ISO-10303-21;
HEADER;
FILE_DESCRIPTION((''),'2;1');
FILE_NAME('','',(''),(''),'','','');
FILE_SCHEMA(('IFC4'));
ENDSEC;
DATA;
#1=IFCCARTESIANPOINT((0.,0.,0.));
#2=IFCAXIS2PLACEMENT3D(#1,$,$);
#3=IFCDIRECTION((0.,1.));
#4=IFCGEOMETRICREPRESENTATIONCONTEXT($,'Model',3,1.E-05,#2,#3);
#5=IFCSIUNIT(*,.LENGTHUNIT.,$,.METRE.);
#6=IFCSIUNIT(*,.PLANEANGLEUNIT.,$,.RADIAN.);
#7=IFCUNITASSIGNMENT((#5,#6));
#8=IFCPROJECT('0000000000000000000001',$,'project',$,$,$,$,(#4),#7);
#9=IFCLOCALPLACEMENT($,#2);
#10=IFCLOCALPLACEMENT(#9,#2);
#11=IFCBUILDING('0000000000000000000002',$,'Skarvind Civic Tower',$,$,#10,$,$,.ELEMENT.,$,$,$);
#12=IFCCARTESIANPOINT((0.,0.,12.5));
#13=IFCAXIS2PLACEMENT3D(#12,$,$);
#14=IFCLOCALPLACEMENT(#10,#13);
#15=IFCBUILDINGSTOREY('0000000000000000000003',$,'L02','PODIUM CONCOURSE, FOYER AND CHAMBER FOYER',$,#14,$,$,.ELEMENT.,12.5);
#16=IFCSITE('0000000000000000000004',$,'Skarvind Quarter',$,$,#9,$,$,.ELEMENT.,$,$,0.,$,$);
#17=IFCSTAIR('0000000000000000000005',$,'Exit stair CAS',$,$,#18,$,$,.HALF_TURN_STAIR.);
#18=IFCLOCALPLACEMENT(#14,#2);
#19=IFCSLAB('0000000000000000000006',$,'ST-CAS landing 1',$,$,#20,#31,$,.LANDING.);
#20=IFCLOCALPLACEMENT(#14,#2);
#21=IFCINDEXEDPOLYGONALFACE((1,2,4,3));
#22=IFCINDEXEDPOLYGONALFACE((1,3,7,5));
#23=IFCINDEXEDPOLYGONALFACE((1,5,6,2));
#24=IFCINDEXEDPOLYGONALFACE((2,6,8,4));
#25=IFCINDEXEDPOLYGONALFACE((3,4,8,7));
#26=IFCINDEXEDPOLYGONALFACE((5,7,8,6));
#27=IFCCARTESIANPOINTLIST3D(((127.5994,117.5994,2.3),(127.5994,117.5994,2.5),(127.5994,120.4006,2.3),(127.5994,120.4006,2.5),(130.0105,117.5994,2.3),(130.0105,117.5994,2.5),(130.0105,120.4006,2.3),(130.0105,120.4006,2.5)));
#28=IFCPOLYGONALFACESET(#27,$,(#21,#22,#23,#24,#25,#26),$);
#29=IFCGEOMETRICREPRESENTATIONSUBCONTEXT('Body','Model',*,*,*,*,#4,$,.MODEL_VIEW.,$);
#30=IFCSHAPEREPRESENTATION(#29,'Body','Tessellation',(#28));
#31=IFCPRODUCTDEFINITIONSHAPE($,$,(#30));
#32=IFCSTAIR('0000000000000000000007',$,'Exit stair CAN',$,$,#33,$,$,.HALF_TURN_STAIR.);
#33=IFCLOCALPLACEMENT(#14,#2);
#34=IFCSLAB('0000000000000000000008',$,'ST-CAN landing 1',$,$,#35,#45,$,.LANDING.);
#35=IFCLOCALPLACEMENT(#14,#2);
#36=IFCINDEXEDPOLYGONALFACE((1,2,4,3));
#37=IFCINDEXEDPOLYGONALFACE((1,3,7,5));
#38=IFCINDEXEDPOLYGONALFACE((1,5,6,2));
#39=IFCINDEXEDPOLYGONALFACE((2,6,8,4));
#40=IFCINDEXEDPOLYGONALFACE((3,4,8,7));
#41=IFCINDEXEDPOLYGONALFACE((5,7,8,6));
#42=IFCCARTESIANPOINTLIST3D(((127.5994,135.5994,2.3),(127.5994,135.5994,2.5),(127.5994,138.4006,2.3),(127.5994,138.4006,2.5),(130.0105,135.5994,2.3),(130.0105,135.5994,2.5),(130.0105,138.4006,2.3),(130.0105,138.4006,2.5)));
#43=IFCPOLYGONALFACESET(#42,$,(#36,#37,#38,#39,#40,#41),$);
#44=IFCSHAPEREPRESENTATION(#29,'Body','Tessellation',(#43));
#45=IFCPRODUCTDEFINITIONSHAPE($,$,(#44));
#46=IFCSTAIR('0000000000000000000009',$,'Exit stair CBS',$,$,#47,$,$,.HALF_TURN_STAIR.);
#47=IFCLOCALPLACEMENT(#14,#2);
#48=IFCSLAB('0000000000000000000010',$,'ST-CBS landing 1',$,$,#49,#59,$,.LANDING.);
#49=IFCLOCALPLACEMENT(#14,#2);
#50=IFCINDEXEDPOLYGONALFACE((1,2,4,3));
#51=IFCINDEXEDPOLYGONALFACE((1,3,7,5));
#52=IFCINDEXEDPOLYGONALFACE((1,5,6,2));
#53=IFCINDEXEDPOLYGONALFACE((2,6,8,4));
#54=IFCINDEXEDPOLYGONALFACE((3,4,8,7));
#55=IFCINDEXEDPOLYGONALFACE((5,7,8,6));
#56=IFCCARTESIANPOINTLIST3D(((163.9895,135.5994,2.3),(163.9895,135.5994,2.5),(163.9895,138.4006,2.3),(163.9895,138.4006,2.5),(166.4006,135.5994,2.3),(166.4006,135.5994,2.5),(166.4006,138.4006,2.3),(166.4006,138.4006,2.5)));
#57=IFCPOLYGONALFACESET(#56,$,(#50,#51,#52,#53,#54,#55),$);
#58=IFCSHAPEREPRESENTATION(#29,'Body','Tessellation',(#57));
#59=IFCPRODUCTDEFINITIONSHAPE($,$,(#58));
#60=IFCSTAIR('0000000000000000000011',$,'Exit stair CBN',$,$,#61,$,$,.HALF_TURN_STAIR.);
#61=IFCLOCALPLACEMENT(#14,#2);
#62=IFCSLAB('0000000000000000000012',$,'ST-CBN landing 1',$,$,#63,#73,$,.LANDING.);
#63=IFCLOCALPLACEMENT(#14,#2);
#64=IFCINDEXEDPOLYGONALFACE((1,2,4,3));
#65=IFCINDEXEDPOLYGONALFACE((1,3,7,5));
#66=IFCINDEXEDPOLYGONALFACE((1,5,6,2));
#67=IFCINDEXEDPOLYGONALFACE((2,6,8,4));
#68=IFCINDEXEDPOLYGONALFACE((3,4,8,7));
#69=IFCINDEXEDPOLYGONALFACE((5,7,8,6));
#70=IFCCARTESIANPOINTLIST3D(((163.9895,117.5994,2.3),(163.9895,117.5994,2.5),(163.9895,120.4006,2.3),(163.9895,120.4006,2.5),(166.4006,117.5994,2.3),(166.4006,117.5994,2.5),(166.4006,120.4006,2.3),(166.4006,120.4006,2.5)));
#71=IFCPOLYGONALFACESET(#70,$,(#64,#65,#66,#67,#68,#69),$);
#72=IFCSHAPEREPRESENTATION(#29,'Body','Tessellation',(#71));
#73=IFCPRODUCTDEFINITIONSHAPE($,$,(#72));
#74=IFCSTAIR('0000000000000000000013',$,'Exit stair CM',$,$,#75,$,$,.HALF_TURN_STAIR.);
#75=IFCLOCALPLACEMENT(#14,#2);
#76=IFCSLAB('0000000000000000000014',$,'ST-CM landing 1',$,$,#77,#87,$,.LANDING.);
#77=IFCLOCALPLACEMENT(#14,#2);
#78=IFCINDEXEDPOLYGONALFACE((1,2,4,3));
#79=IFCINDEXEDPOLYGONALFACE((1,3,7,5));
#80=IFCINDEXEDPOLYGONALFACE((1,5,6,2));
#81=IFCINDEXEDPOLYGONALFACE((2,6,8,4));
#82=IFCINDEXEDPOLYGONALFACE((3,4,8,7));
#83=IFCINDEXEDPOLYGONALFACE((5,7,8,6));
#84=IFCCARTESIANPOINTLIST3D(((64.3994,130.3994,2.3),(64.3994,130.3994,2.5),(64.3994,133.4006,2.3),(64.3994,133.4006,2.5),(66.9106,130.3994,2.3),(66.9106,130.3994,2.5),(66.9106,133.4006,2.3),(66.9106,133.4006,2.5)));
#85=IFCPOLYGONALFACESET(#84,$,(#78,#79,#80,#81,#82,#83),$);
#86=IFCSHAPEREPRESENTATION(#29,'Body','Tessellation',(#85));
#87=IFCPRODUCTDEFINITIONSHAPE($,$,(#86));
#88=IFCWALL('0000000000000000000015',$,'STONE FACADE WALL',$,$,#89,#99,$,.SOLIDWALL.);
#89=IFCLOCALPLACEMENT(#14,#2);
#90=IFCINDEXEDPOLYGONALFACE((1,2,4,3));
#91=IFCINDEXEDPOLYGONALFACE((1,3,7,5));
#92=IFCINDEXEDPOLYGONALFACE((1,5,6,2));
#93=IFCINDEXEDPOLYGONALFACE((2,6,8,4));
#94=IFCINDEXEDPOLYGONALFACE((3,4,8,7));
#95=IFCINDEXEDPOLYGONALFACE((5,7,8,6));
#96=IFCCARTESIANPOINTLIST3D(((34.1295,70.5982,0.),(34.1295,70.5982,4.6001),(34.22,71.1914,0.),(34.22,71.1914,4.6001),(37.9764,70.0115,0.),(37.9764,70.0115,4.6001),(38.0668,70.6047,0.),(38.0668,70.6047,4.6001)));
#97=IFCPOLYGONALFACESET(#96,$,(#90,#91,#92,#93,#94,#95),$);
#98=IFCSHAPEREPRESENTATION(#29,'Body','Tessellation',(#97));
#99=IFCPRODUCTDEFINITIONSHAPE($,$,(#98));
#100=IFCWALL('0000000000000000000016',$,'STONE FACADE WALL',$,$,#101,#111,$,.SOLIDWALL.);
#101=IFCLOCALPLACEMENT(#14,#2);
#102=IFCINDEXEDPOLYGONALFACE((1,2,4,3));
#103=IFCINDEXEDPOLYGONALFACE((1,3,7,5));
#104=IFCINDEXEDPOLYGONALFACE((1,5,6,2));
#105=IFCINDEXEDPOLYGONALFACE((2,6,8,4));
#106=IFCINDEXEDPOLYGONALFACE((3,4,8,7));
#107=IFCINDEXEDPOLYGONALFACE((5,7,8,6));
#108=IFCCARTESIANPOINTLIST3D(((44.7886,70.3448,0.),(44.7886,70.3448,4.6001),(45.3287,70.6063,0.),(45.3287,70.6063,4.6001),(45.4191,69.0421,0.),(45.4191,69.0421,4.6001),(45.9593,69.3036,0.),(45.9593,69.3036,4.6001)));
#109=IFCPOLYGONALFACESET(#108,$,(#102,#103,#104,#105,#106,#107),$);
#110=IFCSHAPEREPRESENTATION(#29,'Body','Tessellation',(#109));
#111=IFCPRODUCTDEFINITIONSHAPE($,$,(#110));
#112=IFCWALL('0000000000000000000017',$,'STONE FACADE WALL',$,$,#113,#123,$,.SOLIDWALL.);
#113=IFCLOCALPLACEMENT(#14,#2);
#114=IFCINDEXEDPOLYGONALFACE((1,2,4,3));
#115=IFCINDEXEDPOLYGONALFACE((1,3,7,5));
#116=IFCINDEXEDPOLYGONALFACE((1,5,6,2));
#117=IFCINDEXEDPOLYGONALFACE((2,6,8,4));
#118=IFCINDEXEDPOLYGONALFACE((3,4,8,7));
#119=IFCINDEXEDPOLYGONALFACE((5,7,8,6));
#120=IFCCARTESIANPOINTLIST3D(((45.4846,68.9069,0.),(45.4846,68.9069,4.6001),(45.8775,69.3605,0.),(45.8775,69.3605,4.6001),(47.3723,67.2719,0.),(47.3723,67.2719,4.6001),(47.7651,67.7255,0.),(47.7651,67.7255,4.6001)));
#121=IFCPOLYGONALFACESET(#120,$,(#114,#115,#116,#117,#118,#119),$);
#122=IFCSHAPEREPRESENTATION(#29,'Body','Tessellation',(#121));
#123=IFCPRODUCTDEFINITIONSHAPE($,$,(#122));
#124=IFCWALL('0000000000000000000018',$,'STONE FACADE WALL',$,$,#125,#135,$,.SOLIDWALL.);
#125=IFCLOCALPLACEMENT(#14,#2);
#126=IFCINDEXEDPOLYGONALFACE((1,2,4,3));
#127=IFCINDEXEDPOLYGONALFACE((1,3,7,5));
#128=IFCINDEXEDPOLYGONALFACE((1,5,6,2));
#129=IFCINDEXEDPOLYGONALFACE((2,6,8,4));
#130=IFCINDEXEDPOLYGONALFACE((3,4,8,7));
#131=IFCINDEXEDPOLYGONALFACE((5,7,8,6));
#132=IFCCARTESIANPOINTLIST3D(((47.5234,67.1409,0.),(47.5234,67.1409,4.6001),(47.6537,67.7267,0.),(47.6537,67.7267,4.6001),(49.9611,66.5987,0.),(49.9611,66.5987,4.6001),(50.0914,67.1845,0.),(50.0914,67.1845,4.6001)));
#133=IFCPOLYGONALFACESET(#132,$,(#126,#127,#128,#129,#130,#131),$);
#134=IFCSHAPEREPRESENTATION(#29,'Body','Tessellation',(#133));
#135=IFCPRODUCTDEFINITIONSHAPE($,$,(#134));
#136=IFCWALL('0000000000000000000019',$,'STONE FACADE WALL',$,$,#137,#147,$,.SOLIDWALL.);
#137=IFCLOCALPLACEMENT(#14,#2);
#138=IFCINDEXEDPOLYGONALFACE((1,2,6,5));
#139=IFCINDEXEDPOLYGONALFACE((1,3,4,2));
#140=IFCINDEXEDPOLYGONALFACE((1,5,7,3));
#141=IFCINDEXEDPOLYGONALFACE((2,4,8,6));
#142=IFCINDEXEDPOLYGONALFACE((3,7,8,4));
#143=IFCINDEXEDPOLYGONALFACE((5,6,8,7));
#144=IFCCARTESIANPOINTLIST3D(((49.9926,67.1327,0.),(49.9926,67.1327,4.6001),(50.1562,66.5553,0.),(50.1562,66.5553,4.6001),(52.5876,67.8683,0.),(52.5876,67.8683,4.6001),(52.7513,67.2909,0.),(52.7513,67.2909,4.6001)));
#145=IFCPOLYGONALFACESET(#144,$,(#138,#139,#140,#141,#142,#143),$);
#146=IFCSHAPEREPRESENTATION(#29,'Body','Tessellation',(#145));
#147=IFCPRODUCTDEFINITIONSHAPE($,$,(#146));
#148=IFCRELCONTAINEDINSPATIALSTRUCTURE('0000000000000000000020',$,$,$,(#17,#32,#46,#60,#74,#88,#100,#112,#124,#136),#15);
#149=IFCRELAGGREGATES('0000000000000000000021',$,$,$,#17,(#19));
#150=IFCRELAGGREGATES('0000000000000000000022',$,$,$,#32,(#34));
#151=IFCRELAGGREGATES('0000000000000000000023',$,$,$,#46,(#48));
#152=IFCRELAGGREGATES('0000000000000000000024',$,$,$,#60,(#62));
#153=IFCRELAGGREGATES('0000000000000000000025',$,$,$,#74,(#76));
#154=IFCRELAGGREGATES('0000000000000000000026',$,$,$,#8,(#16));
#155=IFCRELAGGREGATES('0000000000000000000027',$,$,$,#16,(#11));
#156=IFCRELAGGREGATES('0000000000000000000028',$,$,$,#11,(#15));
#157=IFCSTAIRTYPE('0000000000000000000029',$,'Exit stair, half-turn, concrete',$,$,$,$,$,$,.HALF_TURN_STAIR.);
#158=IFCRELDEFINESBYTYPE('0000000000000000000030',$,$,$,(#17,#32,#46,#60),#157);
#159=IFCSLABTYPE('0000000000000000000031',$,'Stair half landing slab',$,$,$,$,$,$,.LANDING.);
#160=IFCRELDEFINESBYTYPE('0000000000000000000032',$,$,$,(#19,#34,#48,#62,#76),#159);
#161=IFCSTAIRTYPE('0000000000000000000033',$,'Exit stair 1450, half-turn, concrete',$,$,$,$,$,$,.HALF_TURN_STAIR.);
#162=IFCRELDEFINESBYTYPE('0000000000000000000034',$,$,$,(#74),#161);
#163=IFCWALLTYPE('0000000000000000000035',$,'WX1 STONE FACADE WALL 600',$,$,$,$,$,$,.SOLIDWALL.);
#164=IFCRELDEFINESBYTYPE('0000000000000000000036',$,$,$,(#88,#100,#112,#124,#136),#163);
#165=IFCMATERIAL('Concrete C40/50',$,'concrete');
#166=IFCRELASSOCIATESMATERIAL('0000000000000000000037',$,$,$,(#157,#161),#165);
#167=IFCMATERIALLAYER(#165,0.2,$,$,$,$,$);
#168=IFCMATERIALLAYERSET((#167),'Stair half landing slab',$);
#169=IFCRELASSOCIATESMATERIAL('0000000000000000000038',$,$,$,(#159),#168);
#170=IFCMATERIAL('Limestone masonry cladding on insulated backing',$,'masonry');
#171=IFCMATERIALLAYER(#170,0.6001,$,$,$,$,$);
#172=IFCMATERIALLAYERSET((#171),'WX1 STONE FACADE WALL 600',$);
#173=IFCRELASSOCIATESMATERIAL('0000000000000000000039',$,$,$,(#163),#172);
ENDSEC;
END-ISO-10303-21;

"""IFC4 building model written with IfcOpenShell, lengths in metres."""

from ifc_helpers import new_model, si_unit, direction, frame, frame_2d, origin, place, context, subcontext, project, spatial, polyline, rectangle, outline, extrude, material, layer, layer_set, type_object, element, aggregate, save


model = new_model("IFC4")

# Units and contexts
model_context = context("Model", 3, precision=1e-05, world=origin(), true_north=direction((0.0, 1.0)))
body_context = subcontext(model_context, "Body", "Model", "MODEL_VIEW")
ifc_project = project(units=[si_unit("LENGTHUNIT", "METRE"), si_unit("PLANEANGLEUNIT", "RADIAN")], contexts=[model_context])

# Site, building, storey
site_placement = place(None, origin())
site = spatial("IfcSite", under=ifc_project, at=site_placement, Name="Skarvind Quarter", CompositionType="ELEMENT", RefElevation=0.0)
building_placement = place(site_placement, origin())
building = spatial("IfcBuilding", under=site, at=building_placement, Name="Skarvind Civic Tower", CompositionType="ELEMENT")
storey_placement = place(building_placement, frame((0.0, 0.0, 12.5)))
storey = spatial("IfcBuildingStorey", under=building, at=storey_placement, Name="L02", Description="PODIUM CONCOURSE, FOYER AND CHAMBER FOYER", CompositionType="ELEMENT", Elevation=12.5)

# Shared definitions
ifc_material_1 = material(Name="Concrete C40/50", Category="concrete")

# Stairs, slabs
stair_type_1 = type_object("IfcStairType", Name="Exit stair, half-turn, concrete", PredefinedType="HALF_TURN_STAIR", material=ifc_material_1)
ifc_layer_1 = layer(ifc_material_1, 0.2)
ifc_layer_set_1 = layer_set([ifc_layer_1], Name="Stair half landing slab")
slab_type_1 = type_object("IfcSlabType", Name="Stair half landing slab", PredefinedType="LANDING", material=ifc_layer_set_1)
stair_1_placement = place(storey_placement, origin())
stair_1 = element("IfcStair", 1, at=stair_1_placement, inside=storey, type_object=stair_type_1, Name="Exit stair CAS", PredefinedType="HALF_TURN_STAIR")
slab_1_placement = place(storey_placement, frame((0.0, 0.0, 2.3)))
slab_1 = element("IfcSlab", 2, at=slab_1_placement, type_object=slab_type_1, Name="ST-CAS landing 1", PredefinedType="LANDING", context=body_context, shape_type="SweptSolid", body=[
    extrude(outline(polyline([(130.0105, 120.4006), (130.0105, 117.5994), (127.5994, 117.5994), (127.5994, 120.4006), (130.0105, 120.4006)])), origin(), (0.0, 0.0, 1.0), 0.2),
])
aggregate(stair_1, [slab_1])
stair_2_placement = place(storey_placement, origin())
stair_2 = element("IfcStair", 3, at=stair_2_placement, inside=storey, type_object=stair_type_1, Name="Exit stair CAN", PredefinedType="HALF_TURN_STAIR")
slab_2_placement = place(storey_placement, frame((0.0, 0.0, 2.3)))
slab_2 = element("IfcSlab", 4, at=slab_2_placement, type_object=slab_type_1, Name="ST-CAN landing 1", PredefinedType="LANDING", context=body_context, shape_type="SweptSolid", body=[
    extrude(outline(polyline([(130.0105, 138.4006), (130.0105, 135.5994), (127.5994, 135.5994), (127.5994, 138.4006), (130.0105, 138.4006)])), origin(), (0.0, 0.0, 1.0), 0.2),
])
aggregate(stair_2, [slab_2])
stair_3_placement = place(storey_placement, origin())
stair_3 = element("IfcStair", 5, at=stair_3_placement, inside=storey, type_object=stair_type_1, Name="Exit stair CBS", PredefinedType="HALF_TURN_STAIR")
slab_3_placement = place(storey_placement, frame((0.0, 0.0, 2.3)))
slab_3 = element("IfcSlab", 6, at=slab_3_placement, type_object=slab_type_1, Name="ST-CBS landing 1", PredefinedType="LANDING", context=body_context, shape_type="SweptSolid", body=[
    extrude(outline(polyline([(163.9895, 135.5994), (163.9895, 138.4006), (166.4006, 138.4006), (166.4006, 135.5994), (163.9895, 135.5994)])), origin(), (0.0, 0.0, 1.0), 0.2),
])
aggregate(stair_3, [slab_3])
stair_4_placement = place(storey_placement, origin())
stair_4 = element("IfcStair", 7, at=stair_4_placement, inside=storey, type_object=stair_type_1, Name="Exit stair CBN", PredefinedType="HALF_TURN_STAIR")
slab_4_placement = place(storey_placement, frame((0.0, 0.0, 2.3)))
slab_4 = element("IfcSlab", 8, at=slab_4_placement, type_object=slab_type_1, Name="ST-CBN landing 1", PredefinedType="LANDING", context=body_context, shape_type="SweptSolid", body=[
    extrude(outline(polyline([(163.9895, 117.5994), (163.9895, 120.4006), (166.4006, 120.4006), (166.4006, 117.5994), (163.9895, 117.5994)])), origin(), (0.0, 0.0, 1.0), 0.2),
])
aggregate(stair_4, [slab_4])
stair_type_2 = type_object("IfcStairType", Name="Exit stair 1450, half-turn, concrete", PredefinedType="HALF_TURN_STAIR", material=ifc_material_1)
stair_5_placement = place(storey_placement, origin())
stair_5 = element("IfcStair", 9, at=stair_5_placement, inside=storey, type_object=stair_type_2, Name="Exit stair CM", PredefinedType="HALF_TURN_STAIR")
slab_5_placement = place(storey_placement, frame((0.0, 0.0, 2.3)))
slab_5 = element("IfcSlab", 10, at=slab_5_placement, type_object=slab_type_1, Name="ST-CM landing 1", PredefinedType="LANDING", context=body_context, shape_type="SweptSolid", body=[
    extrude(outline(polyline([(66.9106, 133.4006), (66.9106, 130.3994), (64.3994, 130.3994), (64.3994, 133.4006), (66.9106, 133.4006)])), origin(), (0.0, 0.0, 1.0), 0.2),
])
aggregate(stair_5, [slab_5])

# Walls
ifc_material_2 = material(Name="Limestone masonry cladding on insulated backing", Category="masonry")
ifc_layer_2 = layer(ifc_material_2, 0.6001)
ifc_layer_set_2 = layer_set([ifc_layer_2], Name="WX1 STONE FACADE WALL 600")
wall_type = type_object("IfcWallType", Name="WX1 STONE FACADE WALL 600", PredefinedType="SOLIDWALL", material=ifc_layer_set_2)
wall_1_placement = place(storey_placement, frame((38.0217, 70.3081, 0.0), z_axis=(0.0, 0.0, 1.0), x_axis=(-0.98857, 0.150761, 0.0)))
element("IfcWall", 11, at=wall_1_placement, inside=storey, type_object=wall_type, Name="STONE FACADE WALL", PredefinedType="SOLIDWALL", context=body_context, shape_type="SweptSolid", body=[
    extrude(rectangle(XDim=3.8914, YDim=0.6001, at=frame_2d((1.9458, 0.0))), origin(), (0.0, 0.0, 1.0), 4.6001),
])
wall_2_placement = place(storey_placement, frame((45.6892, 69.1729, 0.0), z_axis=(0.0, 0.0, 1.0), x_axis=(-0.435706, 0.900089, 0.0)))
element("IfcWall", 12, at=wall_2_placement, inside=storey, type_object=wall_type, Name="STONE FACADE WALL", PredefinedType="SOLIDWALL", context=body_context, shape_type="SweptSolid", body=[
    extrude(rectangle(XDim=1.4473, YDim=0.6001, at=frame_2d((0.7236, 0.0))), origin(), (0.0, 0.0, 1.0), 4.6001),
])
for number, where, z_axis, x_axis, name in (
    (13, (47.5686, 67.4988, 0.0), (0.0, 0.0, 1.0), (-0.755886, 0.654703, 0.0), "STONE FACADE WALL"),
    (14, (50.0261, 66.8916, 0.0), (0.0, 0.0, 1.0), (-0.976143, 0.217127, 0.0), "STONE FACADE WALL"),
):
    element("IfcWall", number, at=place(storey_placement, frame(where, z_axis=z_axis, x_axis=x_axis)), inside=storey, type_object=wall_type, Name=name, PredefinedType="SOLIDWALL", context=body_context, shape_type="SweptSolid", body=[
        extrude(rectangle(XDim=2.4973, YDim=0.6001, at=frame_2d((1.2485, 0.0))), origin(), (0.0, 0.0, 1.0), 4.6001),
    ])
wall_3_placement = place(storey_placement, frame((52.6694, 67.5796, 0.0), z_axis=(0.0, 0.0, 1.0), x_axis=(-0.962092, -0.272724, 0.0)))
element("IfcWall", 15, at=wall_3_placement, inside=storey, type_object=wall_type, Name="STONE FACADE WALL", PredefinedType="SOLIDWALL", context=body_context, shape_type="SweptSolid", body=[
    extrude(rectangle(XDim=2.6973, YDim=0.6001, at=frame_2d((1.3486, 0.0))), origin(), (0.0, 0.0, 1.0), 4.6001),
])

save(model, "model.ifc")
